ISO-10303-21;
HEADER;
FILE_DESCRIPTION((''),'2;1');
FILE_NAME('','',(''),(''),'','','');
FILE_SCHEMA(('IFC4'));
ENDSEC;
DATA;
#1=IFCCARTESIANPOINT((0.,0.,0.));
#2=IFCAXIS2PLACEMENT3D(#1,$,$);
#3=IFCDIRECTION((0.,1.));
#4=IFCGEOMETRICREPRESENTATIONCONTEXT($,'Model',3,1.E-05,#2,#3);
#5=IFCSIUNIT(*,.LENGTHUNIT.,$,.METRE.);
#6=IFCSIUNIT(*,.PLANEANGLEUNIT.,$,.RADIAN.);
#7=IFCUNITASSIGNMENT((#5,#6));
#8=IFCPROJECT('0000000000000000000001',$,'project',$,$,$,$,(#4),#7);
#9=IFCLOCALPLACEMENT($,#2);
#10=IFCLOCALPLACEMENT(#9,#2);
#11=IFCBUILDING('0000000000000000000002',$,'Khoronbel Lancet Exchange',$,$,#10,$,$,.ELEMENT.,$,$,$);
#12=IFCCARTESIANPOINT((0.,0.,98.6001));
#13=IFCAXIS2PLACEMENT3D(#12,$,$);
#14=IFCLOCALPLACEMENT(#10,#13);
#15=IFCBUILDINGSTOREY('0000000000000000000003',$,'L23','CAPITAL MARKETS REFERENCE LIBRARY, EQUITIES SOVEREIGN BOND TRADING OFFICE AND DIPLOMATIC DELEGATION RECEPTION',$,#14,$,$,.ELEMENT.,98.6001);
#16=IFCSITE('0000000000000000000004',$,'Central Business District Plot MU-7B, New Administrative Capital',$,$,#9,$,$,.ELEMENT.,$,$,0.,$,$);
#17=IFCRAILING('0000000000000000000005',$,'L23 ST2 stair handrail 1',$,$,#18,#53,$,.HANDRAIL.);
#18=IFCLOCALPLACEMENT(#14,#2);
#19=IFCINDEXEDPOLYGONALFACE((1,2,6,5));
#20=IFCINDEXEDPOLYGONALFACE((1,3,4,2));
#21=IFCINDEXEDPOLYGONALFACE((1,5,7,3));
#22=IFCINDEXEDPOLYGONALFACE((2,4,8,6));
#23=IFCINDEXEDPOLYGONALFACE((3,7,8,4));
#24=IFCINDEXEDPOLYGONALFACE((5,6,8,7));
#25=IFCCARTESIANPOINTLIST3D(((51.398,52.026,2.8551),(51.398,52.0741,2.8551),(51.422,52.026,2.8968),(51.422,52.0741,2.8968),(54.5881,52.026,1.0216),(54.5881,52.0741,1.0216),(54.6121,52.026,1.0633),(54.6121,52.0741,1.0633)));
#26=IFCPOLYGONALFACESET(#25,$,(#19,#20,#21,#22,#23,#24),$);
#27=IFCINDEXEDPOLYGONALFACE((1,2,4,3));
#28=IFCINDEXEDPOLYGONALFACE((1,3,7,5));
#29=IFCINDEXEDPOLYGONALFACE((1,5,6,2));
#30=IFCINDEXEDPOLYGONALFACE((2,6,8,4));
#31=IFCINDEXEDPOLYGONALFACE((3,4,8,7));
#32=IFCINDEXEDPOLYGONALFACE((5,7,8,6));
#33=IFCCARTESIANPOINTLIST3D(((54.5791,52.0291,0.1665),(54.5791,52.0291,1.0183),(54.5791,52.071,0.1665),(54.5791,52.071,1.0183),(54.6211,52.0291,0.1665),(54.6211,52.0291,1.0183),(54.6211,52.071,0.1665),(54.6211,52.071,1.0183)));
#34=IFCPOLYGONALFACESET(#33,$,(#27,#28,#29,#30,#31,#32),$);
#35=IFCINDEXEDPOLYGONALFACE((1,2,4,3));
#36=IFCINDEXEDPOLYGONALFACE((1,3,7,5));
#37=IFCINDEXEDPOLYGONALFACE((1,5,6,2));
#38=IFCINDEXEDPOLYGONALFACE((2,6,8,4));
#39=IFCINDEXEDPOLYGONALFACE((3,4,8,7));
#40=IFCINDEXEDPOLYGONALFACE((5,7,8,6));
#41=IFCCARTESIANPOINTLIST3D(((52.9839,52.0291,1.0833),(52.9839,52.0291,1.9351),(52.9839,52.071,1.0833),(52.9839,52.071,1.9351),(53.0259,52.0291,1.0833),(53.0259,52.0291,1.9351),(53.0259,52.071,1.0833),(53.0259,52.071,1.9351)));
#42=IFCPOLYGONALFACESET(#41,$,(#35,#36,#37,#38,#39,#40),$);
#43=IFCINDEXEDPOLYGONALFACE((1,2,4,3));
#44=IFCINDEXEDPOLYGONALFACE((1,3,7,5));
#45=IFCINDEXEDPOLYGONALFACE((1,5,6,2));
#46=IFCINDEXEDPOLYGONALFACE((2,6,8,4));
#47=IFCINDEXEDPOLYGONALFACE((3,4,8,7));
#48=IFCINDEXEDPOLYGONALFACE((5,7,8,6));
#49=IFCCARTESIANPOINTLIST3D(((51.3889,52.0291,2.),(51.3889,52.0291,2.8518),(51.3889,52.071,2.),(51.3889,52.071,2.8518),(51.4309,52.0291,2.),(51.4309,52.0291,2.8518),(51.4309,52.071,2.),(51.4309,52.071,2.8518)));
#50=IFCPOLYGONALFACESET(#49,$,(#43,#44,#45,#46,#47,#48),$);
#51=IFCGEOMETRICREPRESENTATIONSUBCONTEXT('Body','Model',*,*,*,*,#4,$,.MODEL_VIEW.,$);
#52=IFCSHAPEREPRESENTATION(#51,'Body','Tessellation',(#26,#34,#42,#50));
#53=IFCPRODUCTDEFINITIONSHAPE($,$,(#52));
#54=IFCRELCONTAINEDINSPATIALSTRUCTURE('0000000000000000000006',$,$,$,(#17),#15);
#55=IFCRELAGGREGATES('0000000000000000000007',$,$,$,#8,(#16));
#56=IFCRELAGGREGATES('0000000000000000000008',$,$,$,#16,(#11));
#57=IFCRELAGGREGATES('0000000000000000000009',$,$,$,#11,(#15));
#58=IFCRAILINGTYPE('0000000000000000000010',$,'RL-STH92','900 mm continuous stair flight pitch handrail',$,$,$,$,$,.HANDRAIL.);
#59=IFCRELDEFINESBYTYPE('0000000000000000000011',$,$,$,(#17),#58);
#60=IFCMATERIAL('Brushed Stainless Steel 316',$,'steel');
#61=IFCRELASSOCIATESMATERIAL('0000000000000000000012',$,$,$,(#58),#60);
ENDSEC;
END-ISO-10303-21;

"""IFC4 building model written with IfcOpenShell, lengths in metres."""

from ifc_helpers import new_model, si_unit, direction, frame, origin, origin_2d, place, context, subcontext, project, spatial, rectangle, extrude, material, type_object, element, save


model = new_model("IFC4")

# Units and contexts
model_context = context("Model", 3, precision=1e-05, world=origin(), true_north=direction((0.0, 1.0)))
body_context = subcontext(model_context, "Body", "Model", "MODEL_VIEW")
ifc_project = project(units=[si_unit("LENGTHUNIT", "METRE"), si_unit("PLANEANGLEUNIT", "RADIAN")], contexts=[model_context])

# Site, building, storey
site_placement = place(None, origin())
site = spatial("IfcSite", under=ifc_project, at=site_placement, Name="Central Business District Plot MU-7B, New Administrative Capital", CompositionType="ELEMENT", RefElevation=0.0)
building_placement = place(site_placement, origin())
building = spatial("IfcBuilding", under=site, at=building_placement, Name="Khoronbel Lancet Exchange", CompositionType="ELEMENT")
storey_placement = place(building_placement, frame((0.0, 0.0, 98.6001)))
storey = spatial("IfcBuildingStorey", under=building, at=storey_placement, Name="L23", Description="CAPITAL MARKETS REFERENCE LIBRARY, EQUITIES SOVEREIGN BOND TRADING OFFICE AND DIPLOMATIC DELEGATION RECEPTION", CompositionType="ELEMENT", Elevation=98.6001)

# Railing
ifc_material_1 = material(Name="Brushed Stainless Steel 316", Category="steel")
railing_type_1 = type_object("IfcRailingType", Name="RL-STH92", Description="900 mm continuous stair flight pitch handrail", PredefinedType="HANDRAIL", material=ifc_material_1)
railing_1_placement = place(storey_placement, frame((54.6001, 52.05, 0.1665)))
element("IfcRailing", 1, at=railing_1_placement, inside=storey, type_object=railing_type_1, Name="L23 ST2 stair handrail 1", PredefinedType="HANDRAIL", context=body_context, shape_type="SweptSolid", body=[
    extrude(rectangle(XDim=0.0481, YDim=0.0481, at=origin_2d()), frame((0.0, 0.0, 0.876), z_axis=(-0.867007, 0.0, 0.498295), x_axis=(0.0, -1.0, 0.0)), (0.0, 0.0, 1.0), 3.6794),
    extrude(rectangle(XDim=0.042, YDim=0.042, at=origin_2d()), origin(), (0.0, 0.0, 1.0), 0.8518),
    extrude(rectangle(XDim=0.042, YDim=0.042, at=origin_2d()), frame((-1.5952, 0.0, 0.9167)), (0.0, 0.0, 1.0), 0.8518),
    extrude(rectangle(XDim=0.042, YDim=0.042, at=origin_2d()), frame((-3.1902, 0.0, 1.8335)), (0.0, 0.0, 1.0), 0.8518),
])

save(model, "model.ifc")
